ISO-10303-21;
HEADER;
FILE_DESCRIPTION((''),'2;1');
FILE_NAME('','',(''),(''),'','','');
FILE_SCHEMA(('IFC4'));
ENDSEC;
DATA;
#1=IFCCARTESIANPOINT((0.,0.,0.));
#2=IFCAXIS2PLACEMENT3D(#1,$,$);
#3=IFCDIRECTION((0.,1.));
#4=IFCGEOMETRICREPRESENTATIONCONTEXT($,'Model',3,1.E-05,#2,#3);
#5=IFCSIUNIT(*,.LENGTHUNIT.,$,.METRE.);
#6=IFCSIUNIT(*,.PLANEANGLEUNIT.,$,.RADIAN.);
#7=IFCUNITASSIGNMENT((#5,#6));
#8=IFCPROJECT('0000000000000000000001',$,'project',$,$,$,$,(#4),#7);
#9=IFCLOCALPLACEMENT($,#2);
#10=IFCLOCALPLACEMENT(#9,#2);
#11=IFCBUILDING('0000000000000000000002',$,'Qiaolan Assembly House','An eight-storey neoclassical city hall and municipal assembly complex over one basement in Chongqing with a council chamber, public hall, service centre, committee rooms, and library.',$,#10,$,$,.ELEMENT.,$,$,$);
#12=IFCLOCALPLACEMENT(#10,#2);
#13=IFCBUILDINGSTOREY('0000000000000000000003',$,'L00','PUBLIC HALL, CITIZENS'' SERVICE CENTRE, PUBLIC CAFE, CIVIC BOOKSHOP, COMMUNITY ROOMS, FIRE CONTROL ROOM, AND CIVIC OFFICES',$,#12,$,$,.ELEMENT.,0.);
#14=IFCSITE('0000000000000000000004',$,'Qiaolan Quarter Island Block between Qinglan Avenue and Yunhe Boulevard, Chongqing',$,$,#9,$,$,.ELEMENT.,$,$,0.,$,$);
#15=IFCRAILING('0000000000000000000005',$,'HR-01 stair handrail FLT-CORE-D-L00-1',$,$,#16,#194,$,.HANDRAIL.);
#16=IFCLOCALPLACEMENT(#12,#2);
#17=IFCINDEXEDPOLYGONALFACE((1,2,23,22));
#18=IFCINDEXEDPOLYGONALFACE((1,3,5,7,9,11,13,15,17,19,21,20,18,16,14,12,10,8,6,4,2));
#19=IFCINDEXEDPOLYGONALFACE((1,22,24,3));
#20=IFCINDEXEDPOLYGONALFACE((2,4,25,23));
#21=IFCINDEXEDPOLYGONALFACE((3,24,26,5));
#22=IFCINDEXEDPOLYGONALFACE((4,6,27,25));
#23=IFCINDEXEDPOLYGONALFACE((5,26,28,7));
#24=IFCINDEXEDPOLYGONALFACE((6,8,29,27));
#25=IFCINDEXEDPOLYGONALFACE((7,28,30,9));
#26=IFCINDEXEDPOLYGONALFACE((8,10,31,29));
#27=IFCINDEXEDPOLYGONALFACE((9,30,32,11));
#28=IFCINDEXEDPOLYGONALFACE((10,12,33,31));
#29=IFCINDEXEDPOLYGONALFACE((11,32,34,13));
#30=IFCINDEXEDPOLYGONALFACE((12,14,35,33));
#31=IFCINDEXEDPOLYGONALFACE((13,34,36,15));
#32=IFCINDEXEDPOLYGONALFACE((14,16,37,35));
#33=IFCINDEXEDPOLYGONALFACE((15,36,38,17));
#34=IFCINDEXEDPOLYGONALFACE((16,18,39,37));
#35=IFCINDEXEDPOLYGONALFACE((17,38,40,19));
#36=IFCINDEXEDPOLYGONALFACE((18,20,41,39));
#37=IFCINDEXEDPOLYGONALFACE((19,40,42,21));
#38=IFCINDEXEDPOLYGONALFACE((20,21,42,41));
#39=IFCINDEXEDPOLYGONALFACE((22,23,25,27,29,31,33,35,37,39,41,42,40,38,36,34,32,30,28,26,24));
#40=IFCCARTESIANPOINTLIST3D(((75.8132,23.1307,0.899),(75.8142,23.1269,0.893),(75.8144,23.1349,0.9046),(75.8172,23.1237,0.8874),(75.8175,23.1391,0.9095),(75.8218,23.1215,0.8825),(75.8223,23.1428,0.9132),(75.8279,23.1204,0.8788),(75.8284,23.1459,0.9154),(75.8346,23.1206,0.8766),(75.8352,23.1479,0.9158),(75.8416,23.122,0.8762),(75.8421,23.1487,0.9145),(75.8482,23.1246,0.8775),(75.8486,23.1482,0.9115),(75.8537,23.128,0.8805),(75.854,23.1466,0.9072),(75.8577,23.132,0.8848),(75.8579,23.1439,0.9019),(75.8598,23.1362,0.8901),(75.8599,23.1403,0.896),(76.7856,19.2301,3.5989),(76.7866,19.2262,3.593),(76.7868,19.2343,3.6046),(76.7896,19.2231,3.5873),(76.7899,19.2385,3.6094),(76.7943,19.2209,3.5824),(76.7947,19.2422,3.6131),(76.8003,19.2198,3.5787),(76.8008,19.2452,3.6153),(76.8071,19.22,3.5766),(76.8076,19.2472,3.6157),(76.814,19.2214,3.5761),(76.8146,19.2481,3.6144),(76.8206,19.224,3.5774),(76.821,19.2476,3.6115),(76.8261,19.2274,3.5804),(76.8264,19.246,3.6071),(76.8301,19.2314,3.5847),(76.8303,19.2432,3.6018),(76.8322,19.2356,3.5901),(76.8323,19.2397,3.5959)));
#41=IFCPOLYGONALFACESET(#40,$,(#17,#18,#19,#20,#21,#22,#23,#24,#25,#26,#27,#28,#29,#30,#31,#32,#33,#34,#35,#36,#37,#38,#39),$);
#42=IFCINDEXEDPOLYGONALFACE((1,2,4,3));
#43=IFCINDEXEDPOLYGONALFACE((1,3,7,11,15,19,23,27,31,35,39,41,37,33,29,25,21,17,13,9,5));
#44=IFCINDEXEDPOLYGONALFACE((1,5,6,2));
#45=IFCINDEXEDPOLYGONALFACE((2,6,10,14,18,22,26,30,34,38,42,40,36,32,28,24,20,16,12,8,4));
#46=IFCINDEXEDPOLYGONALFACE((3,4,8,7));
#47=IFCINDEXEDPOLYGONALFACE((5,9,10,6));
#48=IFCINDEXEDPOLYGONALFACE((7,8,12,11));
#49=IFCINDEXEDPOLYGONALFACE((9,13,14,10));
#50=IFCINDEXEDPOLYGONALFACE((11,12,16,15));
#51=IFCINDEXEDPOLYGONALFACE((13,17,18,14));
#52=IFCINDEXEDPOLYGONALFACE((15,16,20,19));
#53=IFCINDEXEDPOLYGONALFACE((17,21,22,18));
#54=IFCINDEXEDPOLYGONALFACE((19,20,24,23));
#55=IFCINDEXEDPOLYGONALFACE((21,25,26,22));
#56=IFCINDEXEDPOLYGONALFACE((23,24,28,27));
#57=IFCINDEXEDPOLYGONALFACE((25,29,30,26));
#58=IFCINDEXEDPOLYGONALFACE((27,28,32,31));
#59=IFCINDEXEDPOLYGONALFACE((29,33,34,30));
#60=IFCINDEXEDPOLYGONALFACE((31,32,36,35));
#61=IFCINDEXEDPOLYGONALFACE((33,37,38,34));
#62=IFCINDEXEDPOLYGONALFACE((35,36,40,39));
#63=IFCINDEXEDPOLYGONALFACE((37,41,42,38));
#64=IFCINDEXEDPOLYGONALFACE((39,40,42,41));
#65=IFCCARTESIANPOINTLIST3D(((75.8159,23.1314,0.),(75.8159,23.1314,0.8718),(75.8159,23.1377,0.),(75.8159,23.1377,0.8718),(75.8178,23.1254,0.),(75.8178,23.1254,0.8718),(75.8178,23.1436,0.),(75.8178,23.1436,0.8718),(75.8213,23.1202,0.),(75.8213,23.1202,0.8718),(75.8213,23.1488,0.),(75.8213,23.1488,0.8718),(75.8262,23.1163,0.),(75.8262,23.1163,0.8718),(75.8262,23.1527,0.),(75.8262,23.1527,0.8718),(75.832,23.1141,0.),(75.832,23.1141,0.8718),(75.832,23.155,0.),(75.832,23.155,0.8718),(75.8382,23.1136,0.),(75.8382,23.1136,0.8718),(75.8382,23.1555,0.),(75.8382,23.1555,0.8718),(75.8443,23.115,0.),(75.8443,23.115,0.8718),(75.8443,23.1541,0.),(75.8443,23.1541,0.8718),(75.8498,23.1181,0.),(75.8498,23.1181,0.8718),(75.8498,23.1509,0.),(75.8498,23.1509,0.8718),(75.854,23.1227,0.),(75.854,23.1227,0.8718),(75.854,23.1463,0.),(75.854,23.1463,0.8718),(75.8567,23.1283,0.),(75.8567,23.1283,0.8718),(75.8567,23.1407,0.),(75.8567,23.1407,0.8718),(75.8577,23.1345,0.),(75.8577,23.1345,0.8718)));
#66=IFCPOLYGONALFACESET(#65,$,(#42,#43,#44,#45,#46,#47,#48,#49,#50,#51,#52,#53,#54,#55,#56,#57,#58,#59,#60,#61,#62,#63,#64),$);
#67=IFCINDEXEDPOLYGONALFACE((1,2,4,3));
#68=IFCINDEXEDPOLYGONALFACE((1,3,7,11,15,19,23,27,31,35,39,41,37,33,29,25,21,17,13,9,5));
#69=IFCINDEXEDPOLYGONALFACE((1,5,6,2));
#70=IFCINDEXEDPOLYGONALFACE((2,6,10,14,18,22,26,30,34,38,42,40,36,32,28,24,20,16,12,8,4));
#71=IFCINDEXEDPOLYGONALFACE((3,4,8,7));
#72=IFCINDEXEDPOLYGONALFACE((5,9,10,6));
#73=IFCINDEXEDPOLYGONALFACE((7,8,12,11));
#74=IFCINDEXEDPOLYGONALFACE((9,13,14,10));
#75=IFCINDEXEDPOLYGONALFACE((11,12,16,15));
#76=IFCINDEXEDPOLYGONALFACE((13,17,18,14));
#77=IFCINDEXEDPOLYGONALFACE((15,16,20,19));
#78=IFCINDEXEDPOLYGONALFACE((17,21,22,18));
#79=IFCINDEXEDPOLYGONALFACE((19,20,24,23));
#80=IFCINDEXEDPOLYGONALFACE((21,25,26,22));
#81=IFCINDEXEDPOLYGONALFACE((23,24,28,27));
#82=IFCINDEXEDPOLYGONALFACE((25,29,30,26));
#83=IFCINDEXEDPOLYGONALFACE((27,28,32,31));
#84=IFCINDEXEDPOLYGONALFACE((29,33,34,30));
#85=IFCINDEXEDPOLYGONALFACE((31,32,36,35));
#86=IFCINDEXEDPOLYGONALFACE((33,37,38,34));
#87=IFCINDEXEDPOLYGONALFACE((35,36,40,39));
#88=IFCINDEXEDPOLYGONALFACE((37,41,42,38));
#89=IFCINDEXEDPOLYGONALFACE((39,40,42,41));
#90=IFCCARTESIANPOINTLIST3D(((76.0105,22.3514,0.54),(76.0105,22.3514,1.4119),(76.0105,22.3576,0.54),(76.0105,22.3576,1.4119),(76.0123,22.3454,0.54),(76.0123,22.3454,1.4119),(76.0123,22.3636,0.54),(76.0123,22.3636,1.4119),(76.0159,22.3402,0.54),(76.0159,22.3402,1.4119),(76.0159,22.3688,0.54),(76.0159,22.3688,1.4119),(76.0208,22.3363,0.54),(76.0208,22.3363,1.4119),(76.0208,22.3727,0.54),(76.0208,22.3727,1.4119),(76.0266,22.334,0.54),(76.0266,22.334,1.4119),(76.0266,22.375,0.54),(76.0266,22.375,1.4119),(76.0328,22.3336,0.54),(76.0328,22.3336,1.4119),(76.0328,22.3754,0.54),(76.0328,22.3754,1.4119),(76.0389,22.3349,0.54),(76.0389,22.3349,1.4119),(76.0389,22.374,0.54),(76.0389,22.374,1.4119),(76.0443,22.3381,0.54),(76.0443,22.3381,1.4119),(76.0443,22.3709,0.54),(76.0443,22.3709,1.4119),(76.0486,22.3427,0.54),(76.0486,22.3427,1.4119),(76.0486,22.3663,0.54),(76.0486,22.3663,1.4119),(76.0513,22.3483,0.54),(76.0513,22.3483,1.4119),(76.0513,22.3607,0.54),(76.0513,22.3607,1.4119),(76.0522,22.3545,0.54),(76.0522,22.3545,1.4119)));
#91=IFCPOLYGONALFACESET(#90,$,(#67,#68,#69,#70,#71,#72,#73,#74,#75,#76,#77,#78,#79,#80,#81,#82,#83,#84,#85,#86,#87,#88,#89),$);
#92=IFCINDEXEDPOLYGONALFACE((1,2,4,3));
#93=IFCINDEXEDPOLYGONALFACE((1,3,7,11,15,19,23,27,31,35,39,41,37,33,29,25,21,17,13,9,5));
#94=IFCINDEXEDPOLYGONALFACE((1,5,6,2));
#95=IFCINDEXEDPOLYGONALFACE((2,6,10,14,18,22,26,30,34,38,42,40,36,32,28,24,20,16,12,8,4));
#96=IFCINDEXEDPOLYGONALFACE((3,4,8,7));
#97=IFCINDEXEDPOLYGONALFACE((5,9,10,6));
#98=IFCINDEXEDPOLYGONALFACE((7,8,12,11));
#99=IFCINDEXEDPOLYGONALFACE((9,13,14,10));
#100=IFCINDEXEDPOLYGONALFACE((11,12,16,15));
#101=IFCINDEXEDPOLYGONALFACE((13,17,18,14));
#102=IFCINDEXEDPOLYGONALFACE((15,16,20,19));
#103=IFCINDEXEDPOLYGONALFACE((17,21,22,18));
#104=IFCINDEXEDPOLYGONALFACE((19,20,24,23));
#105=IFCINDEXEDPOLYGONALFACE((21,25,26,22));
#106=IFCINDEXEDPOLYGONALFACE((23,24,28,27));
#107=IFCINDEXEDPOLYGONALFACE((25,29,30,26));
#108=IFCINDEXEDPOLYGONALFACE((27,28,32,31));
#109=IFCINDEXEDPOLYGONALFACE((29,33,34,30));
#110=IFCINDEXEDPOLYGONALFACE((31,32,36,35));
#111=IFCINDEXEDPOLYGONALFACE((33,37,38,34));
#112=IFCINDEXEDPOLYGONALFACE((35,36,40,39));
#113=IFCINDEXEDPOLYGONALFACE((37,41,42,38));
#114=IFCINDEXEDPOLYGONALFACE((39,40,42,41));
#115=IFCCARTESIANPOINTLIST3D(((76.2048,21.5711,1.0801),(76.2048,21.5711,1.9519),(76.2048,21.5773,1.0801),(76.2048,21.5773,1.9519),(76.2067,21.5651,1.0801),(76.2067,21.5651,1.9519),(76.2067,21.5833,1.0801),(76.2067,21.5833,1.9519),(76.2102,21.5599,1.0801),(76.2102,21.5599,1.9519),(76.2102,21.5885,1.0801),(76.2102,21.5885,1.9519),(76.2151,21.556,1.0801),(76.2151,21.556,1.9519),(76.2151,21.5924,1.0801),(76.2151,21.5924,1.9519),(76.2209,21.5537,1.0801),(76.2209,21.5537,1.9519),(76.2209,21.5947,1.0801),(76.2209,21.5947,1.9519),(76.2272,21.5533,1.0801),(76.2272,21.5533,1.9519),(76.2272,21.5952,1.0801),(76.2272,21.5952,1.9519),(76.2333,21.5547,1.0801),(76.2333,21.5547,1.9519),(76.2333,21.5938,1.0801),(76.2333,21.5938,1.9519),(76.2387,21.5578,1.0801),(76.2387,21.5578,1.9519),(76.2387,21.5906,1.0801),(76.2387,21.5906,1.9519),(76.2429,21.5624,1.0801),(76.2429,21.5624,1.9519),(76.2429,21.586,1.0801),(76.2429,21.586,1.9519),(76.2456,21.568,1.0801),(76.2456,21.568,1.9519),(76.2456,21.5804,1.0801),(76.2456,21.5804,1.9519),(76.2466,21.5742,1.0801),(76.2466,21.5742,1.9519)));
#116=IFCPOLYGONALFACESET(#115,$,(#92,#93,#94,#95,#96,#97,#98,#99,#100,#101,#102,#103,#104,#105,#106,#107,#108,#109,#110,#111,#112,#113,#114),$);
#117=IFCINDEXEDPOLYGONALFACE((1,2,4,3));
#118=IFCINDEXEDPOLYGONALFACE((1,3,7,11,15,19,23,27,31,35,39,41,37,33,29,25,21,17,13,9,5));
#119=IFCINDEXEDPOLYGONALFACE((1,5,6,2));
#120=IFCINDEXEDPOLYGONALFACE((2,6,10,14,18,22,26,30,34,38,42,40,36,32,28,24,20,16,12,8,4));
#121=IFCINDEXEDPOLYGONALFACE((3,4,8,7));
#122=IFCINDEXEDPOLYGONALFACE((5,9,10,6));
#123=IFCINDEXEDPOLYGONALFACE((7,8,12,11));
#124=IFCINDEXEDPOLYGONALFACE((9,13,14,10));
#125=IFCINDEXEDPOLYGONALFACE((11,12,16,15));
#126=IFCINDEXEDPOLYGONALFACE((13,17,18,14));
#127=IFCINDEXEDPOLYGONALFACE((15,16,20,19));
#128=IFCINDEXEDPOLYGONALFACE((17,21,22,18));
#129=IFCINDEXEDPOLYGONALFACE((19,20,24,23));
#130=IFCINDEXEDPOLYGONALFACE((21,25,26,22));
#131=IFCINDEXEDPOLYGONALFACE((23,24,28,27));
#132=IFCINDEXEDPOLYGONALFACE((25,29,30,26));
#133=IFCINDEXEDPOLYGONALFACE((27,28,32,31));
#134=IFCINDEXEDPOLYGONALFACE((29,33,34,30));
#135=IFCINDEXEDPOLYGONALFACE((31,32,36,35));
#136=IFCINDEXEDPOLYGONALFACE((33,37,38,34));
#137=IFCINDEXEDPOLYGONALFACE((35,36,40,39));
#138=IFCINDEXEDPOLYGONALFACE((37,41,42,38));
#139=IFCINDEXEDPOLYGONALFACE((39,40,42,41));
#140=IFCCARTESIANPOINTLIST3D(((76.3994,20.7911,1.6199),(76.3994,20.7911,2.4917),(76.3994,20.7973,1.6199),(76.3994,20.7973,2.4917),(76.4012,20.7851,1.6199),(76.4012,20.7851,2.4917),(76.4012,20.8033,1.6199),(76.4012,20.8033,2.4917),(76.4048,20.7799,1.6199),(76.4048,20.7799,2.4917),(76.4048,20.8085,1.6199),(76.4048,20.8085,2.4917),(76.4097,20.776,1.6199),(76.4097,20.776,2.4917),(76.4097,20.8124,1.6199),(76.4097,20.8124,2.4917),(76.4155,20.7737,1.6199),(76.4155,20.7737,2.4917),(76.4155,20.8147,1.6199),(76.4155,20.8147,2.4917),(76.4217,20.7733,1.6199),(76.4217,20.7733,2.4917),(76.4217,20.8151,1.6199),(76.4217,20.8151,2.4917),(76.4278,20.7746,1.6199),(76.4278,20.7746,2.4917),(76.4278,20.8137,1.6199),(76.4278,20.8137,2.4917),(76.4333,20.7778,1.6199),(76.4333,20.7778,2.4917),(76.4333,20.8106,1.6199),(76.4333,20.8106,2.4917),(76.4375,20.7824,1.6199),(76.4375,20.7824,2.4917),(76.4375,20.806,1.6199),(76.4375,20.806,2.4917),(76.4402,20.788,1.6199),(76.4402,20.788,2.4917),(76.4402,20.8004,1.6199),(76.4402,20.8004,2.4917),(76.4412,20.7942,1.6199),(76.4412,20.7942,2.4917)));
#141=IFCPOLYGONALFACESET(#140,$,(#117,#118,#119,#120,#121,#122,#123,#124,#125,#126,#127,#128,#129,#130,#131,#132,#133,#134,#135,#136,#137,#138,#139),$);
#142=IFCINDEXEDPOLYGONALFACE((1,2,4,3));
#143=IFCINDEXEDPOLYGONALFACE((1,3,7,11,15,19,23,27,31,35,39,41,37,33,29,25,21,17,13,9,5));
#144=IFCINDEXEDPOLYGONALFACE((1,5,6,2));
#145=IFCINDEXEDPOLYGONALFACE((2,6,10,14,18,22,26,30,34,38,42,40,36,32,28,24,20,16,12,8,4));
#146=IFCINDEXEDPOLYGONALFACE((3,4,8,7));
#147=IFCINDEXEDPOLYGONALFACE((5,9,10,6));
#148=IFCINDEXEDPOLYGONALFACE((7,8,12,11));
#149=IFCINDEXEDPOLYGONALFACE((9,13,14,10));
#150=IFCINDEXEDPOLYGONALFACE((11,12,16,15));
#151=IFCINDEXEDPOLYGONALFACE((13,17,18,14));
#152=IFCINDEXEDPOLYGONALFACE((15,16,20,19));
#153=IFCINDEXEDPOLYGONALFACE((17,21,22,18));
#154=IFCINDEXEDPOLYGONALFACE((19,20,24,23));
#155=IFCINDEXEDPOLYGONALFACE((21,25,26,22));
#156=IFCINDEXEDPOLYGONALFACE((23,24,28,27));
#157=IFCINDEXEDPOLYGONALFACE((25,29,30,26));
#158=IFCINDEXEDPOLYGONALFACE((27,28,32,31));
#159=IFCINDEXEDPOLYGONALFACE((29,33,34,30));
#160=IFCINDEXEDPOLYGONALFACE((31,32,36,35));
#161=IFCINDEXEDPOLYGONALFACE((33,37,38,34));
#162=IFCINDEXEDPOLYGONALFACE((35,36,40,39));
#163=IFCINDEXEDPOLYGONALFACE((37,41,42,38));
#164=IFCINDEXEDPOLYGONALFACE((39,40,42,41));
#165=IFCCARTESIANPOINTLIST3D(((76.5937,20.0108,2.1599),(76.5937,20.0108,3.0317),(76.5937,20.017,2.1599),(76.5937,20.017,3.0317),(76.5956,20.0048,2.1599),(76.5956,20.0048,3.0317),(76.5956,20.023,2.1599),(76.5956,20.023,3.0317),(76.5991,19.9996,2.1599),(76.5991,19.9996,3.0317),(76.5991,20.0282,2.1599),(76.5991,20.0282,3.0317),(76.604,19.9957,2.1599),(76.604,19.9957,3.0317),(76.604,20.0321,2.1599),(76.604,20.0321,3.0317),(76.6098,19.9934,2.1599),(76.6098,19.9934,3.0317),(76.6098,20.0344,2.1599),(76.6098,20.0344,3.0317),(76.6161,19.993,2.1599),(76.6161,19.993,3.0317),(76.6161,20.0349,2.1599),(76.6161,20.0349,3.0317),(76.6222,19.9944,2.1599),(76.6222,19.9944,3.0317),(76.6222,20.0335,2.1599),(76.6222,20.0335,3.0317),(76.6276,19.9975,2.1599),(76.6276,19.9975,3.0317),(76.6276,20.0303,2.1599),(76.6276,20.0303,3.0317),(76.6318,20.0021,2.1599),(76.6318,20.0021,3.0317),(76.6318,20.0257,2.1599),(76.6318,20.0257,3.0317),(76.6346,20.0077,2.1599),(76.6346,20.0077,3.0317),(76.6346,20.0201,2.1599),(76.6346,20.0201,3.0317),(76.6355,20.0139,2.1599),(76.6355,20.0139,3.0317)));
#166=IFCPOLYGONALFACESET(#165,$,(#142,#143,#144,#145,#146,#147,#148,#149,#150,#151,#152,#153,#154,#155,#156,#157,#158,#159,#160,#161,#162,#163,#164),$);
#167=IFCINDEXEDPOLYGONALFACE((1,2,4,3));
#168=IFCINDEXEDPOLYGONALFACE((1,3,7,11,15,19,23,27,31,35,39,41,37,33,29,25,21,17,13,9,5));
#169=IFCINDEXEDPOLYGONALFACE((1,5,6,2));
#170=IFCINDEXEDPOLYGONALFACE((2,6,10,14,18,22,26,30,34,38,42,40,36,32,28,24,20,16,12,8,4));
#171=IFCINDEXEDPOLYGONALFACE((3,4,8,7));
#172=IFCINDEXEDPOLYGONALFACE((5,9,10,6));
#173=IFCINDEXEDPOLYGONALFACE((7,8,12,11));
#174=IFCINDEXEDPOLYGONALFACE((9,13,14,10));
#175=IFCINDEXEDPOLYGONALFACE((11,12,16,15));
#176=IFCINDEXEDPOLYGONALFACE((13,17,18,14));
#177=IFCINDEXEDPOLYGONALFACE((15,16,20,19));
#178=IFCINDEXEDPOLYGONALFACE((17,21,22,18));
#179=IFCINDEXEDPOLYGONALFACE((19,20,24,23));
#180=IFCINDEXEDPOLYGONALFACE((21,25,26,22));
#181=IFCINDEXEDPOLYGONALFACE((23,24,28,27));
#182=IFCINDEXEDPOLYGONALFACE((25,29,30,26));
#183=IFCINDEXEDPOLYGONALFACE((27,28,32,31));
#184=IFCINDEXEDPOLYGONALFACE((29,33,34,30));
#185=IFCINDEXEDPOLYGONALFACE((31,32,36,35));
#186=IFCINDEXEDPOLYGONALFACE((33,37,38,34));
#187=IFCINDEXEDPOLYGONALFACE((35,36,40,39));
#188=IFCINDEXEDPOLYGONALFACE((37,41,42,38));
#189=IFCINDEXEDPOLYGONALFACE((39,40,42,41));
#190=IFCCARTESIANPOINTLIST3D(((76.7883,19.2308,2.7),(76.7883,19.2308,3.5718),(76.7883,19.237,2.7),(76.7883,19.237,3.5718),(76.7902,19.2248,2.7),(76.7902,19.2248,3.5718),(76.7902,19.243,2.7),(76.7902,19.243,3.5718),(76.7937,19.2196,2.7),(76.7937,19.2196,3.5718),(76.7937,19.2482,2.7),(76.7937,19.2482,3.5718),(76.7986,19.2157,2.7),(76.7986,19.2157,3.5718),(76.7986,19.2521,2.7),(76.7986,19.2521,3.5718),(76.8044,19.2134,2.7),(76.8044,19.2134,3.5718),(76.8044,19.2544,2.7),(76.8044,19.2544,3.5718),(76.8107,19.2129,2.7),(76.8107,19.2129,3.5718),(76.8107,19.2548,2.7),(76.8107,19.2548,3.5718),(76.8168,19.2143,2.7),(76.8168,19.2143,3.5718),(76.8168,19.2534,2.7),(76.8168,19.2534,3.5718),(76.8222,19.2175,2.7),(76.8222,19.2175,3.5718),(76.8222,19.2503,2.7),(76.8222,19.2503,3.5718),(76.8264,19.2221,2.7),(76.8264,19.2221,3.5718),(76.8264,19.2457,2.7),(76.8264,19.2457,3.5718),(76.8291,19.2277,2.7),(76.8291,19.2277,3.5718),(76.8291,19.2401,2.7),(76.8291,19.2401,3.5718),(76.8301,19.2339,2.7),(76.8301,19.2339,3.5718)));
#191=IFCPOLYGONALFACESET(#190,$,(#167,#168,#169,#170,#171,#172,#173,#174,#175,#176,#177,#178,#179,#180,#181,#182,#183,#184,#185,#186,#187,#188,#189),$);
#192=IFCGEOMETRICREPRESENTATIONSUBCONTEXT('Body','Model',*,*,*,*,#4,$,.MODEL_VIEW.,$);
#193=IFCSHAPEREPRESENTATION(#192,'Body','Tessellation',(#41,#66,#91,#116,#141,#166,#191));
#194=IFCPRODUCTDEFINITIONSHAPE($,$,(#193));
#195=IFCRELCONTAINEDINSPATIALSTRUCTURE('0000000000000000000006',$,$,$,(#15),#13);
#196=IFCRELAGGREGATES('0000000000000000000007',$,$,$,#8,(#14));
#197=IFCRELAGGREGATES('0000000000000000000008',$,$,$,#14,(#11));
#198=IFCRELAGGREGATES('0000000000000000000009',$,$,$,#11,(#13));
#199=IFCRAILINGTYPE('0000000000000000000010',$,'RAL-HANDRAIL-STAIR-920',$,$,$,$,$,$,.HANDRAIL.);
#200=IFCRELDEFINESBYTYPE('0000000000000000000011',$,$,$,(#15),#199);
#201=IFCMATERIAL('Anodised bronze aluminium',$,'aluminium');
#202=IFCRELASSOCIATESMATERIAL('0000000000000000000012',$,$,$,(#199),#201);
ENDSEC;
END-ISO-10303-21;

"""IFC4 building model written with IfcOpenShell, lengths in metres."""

from ifc_helpers import new_model, si_unit, direction, frame, origin, origin_2d, place, context, subcontext, project, spatial, circle, extrude, material, type_object, element, save


model = new_model("IFC4")

# Units and contexts
model_context = context("Model", 3, precision=1e-05, world=origin(), true_north=direction((0.0, 1.0)))
body_context = subcontext(model_context, "Body", "Model", "MODEL_VIEW")
ifc_project = project(units=[si_unit("LENGTHUNIT", "METRE"), si_unit("PLANEANGLEUNIT", "RADIAN")], contexts=[model_context])

# Site, building, storey
site_placement = place(None, origin())
site = spatial("IfcSite", under=ifc_project, at=site_placement, Name="Qiaolan Quarter Island Block between Qinglan Avenue and Yunhe Boulevard, Chongqing", CompositionType="ELEMENT", RefElevation=0.0)
building_placement = place(site_placement, origin())
building = spatial("IfcBuilding", under=site, at=building_placement, Name="Qiaolan Assembly House", Description="An eight-storey neoclassical city hall and municipal assembly complex over one basement in Chongqing with a council chamber, public hall, service centre, committee rooms, and library.", CompositionType="ELEMENT")
storey_placement = place(building_placement, origin())
storey = spatial("IfcBuildingStorey", under=building, at=storey_placement, Name="L00", Description="PUBLIC HALL, CITIZENS' SERVICE CENTRE, PUBLIC CAFE, CIVIC BOOKSHOP, COMMUNITY ROOMS, FIRE CONTROL ROOM, AND CIVIC OFFICES", CompositionType="ELEMENT", Elevation=0.0)

# Shared definitions
ifc_material_1 = material(Name="Anodised bronze aluminium", Category="aluminium")

# Railing
railing_type_1 = type_object("IfcRailingType", Name="RAL-HANDRAIL-STAIR-920", PredefinedType="HANDRAIL", material=ifc_material_1)
railing_1_placement = place(storey_placement, frame((75.8367, 23.1345, 0.0)))
element("IfcRailing", 1, at=railing_1_placement, inside=storey, type_object=railing_type_1, Name="HR-01 stair handrail FLT-CORE-D-L00-1", PredefinedType="HANDRAIL", context=body_context, shape_type="SweptSolid", body=[
    extrude(circle(Radius=0.0239, at=origin_2d()), frame((0.0, 0.0, 0.896), z_axis=(0.200806, -0.805492, 0.557548), x_axis=(0.970303, 0.241893, 0.0)), (0.0, 0.0, 1.0), 4.8425),
    extrude(circle(Radius=0.021, at=origin_2d()), origin(), (0.0, 0.0, 1.0), 0.8718),
    extrude(circle(Radius=0.021, at=origin_2d()), frame((0.1946, -0.78, 0.54)), (0.0, 0.0, 1.0), 0.8718),
    extrude(circle(Radius=0.021, at=origin_2d()), frame((0.3889, -1.5603, 1.0801)), (0.0, 0.0, 1.0), 0.8718),
    extrude(circle(Radius=0.021, at=origin_2d()), frame((0.5835, -2.3403, 1.6199)), (0.0, 0.0, 1.0), 0.8718),
    extrude(circle(Radius=0.021, at=origin_2d()), frame((0.7778, -3.1206, 2.1599)), (0.0, 0.0, 1.0), 0.8718),
    extrude(circle(Radius=0.021, at=origin_2d()), frame((0.9724, -3.9006, 2.7)), (0.0, 0.0, 1.0), 0.8718),
])

save(model, "model.ifc")
